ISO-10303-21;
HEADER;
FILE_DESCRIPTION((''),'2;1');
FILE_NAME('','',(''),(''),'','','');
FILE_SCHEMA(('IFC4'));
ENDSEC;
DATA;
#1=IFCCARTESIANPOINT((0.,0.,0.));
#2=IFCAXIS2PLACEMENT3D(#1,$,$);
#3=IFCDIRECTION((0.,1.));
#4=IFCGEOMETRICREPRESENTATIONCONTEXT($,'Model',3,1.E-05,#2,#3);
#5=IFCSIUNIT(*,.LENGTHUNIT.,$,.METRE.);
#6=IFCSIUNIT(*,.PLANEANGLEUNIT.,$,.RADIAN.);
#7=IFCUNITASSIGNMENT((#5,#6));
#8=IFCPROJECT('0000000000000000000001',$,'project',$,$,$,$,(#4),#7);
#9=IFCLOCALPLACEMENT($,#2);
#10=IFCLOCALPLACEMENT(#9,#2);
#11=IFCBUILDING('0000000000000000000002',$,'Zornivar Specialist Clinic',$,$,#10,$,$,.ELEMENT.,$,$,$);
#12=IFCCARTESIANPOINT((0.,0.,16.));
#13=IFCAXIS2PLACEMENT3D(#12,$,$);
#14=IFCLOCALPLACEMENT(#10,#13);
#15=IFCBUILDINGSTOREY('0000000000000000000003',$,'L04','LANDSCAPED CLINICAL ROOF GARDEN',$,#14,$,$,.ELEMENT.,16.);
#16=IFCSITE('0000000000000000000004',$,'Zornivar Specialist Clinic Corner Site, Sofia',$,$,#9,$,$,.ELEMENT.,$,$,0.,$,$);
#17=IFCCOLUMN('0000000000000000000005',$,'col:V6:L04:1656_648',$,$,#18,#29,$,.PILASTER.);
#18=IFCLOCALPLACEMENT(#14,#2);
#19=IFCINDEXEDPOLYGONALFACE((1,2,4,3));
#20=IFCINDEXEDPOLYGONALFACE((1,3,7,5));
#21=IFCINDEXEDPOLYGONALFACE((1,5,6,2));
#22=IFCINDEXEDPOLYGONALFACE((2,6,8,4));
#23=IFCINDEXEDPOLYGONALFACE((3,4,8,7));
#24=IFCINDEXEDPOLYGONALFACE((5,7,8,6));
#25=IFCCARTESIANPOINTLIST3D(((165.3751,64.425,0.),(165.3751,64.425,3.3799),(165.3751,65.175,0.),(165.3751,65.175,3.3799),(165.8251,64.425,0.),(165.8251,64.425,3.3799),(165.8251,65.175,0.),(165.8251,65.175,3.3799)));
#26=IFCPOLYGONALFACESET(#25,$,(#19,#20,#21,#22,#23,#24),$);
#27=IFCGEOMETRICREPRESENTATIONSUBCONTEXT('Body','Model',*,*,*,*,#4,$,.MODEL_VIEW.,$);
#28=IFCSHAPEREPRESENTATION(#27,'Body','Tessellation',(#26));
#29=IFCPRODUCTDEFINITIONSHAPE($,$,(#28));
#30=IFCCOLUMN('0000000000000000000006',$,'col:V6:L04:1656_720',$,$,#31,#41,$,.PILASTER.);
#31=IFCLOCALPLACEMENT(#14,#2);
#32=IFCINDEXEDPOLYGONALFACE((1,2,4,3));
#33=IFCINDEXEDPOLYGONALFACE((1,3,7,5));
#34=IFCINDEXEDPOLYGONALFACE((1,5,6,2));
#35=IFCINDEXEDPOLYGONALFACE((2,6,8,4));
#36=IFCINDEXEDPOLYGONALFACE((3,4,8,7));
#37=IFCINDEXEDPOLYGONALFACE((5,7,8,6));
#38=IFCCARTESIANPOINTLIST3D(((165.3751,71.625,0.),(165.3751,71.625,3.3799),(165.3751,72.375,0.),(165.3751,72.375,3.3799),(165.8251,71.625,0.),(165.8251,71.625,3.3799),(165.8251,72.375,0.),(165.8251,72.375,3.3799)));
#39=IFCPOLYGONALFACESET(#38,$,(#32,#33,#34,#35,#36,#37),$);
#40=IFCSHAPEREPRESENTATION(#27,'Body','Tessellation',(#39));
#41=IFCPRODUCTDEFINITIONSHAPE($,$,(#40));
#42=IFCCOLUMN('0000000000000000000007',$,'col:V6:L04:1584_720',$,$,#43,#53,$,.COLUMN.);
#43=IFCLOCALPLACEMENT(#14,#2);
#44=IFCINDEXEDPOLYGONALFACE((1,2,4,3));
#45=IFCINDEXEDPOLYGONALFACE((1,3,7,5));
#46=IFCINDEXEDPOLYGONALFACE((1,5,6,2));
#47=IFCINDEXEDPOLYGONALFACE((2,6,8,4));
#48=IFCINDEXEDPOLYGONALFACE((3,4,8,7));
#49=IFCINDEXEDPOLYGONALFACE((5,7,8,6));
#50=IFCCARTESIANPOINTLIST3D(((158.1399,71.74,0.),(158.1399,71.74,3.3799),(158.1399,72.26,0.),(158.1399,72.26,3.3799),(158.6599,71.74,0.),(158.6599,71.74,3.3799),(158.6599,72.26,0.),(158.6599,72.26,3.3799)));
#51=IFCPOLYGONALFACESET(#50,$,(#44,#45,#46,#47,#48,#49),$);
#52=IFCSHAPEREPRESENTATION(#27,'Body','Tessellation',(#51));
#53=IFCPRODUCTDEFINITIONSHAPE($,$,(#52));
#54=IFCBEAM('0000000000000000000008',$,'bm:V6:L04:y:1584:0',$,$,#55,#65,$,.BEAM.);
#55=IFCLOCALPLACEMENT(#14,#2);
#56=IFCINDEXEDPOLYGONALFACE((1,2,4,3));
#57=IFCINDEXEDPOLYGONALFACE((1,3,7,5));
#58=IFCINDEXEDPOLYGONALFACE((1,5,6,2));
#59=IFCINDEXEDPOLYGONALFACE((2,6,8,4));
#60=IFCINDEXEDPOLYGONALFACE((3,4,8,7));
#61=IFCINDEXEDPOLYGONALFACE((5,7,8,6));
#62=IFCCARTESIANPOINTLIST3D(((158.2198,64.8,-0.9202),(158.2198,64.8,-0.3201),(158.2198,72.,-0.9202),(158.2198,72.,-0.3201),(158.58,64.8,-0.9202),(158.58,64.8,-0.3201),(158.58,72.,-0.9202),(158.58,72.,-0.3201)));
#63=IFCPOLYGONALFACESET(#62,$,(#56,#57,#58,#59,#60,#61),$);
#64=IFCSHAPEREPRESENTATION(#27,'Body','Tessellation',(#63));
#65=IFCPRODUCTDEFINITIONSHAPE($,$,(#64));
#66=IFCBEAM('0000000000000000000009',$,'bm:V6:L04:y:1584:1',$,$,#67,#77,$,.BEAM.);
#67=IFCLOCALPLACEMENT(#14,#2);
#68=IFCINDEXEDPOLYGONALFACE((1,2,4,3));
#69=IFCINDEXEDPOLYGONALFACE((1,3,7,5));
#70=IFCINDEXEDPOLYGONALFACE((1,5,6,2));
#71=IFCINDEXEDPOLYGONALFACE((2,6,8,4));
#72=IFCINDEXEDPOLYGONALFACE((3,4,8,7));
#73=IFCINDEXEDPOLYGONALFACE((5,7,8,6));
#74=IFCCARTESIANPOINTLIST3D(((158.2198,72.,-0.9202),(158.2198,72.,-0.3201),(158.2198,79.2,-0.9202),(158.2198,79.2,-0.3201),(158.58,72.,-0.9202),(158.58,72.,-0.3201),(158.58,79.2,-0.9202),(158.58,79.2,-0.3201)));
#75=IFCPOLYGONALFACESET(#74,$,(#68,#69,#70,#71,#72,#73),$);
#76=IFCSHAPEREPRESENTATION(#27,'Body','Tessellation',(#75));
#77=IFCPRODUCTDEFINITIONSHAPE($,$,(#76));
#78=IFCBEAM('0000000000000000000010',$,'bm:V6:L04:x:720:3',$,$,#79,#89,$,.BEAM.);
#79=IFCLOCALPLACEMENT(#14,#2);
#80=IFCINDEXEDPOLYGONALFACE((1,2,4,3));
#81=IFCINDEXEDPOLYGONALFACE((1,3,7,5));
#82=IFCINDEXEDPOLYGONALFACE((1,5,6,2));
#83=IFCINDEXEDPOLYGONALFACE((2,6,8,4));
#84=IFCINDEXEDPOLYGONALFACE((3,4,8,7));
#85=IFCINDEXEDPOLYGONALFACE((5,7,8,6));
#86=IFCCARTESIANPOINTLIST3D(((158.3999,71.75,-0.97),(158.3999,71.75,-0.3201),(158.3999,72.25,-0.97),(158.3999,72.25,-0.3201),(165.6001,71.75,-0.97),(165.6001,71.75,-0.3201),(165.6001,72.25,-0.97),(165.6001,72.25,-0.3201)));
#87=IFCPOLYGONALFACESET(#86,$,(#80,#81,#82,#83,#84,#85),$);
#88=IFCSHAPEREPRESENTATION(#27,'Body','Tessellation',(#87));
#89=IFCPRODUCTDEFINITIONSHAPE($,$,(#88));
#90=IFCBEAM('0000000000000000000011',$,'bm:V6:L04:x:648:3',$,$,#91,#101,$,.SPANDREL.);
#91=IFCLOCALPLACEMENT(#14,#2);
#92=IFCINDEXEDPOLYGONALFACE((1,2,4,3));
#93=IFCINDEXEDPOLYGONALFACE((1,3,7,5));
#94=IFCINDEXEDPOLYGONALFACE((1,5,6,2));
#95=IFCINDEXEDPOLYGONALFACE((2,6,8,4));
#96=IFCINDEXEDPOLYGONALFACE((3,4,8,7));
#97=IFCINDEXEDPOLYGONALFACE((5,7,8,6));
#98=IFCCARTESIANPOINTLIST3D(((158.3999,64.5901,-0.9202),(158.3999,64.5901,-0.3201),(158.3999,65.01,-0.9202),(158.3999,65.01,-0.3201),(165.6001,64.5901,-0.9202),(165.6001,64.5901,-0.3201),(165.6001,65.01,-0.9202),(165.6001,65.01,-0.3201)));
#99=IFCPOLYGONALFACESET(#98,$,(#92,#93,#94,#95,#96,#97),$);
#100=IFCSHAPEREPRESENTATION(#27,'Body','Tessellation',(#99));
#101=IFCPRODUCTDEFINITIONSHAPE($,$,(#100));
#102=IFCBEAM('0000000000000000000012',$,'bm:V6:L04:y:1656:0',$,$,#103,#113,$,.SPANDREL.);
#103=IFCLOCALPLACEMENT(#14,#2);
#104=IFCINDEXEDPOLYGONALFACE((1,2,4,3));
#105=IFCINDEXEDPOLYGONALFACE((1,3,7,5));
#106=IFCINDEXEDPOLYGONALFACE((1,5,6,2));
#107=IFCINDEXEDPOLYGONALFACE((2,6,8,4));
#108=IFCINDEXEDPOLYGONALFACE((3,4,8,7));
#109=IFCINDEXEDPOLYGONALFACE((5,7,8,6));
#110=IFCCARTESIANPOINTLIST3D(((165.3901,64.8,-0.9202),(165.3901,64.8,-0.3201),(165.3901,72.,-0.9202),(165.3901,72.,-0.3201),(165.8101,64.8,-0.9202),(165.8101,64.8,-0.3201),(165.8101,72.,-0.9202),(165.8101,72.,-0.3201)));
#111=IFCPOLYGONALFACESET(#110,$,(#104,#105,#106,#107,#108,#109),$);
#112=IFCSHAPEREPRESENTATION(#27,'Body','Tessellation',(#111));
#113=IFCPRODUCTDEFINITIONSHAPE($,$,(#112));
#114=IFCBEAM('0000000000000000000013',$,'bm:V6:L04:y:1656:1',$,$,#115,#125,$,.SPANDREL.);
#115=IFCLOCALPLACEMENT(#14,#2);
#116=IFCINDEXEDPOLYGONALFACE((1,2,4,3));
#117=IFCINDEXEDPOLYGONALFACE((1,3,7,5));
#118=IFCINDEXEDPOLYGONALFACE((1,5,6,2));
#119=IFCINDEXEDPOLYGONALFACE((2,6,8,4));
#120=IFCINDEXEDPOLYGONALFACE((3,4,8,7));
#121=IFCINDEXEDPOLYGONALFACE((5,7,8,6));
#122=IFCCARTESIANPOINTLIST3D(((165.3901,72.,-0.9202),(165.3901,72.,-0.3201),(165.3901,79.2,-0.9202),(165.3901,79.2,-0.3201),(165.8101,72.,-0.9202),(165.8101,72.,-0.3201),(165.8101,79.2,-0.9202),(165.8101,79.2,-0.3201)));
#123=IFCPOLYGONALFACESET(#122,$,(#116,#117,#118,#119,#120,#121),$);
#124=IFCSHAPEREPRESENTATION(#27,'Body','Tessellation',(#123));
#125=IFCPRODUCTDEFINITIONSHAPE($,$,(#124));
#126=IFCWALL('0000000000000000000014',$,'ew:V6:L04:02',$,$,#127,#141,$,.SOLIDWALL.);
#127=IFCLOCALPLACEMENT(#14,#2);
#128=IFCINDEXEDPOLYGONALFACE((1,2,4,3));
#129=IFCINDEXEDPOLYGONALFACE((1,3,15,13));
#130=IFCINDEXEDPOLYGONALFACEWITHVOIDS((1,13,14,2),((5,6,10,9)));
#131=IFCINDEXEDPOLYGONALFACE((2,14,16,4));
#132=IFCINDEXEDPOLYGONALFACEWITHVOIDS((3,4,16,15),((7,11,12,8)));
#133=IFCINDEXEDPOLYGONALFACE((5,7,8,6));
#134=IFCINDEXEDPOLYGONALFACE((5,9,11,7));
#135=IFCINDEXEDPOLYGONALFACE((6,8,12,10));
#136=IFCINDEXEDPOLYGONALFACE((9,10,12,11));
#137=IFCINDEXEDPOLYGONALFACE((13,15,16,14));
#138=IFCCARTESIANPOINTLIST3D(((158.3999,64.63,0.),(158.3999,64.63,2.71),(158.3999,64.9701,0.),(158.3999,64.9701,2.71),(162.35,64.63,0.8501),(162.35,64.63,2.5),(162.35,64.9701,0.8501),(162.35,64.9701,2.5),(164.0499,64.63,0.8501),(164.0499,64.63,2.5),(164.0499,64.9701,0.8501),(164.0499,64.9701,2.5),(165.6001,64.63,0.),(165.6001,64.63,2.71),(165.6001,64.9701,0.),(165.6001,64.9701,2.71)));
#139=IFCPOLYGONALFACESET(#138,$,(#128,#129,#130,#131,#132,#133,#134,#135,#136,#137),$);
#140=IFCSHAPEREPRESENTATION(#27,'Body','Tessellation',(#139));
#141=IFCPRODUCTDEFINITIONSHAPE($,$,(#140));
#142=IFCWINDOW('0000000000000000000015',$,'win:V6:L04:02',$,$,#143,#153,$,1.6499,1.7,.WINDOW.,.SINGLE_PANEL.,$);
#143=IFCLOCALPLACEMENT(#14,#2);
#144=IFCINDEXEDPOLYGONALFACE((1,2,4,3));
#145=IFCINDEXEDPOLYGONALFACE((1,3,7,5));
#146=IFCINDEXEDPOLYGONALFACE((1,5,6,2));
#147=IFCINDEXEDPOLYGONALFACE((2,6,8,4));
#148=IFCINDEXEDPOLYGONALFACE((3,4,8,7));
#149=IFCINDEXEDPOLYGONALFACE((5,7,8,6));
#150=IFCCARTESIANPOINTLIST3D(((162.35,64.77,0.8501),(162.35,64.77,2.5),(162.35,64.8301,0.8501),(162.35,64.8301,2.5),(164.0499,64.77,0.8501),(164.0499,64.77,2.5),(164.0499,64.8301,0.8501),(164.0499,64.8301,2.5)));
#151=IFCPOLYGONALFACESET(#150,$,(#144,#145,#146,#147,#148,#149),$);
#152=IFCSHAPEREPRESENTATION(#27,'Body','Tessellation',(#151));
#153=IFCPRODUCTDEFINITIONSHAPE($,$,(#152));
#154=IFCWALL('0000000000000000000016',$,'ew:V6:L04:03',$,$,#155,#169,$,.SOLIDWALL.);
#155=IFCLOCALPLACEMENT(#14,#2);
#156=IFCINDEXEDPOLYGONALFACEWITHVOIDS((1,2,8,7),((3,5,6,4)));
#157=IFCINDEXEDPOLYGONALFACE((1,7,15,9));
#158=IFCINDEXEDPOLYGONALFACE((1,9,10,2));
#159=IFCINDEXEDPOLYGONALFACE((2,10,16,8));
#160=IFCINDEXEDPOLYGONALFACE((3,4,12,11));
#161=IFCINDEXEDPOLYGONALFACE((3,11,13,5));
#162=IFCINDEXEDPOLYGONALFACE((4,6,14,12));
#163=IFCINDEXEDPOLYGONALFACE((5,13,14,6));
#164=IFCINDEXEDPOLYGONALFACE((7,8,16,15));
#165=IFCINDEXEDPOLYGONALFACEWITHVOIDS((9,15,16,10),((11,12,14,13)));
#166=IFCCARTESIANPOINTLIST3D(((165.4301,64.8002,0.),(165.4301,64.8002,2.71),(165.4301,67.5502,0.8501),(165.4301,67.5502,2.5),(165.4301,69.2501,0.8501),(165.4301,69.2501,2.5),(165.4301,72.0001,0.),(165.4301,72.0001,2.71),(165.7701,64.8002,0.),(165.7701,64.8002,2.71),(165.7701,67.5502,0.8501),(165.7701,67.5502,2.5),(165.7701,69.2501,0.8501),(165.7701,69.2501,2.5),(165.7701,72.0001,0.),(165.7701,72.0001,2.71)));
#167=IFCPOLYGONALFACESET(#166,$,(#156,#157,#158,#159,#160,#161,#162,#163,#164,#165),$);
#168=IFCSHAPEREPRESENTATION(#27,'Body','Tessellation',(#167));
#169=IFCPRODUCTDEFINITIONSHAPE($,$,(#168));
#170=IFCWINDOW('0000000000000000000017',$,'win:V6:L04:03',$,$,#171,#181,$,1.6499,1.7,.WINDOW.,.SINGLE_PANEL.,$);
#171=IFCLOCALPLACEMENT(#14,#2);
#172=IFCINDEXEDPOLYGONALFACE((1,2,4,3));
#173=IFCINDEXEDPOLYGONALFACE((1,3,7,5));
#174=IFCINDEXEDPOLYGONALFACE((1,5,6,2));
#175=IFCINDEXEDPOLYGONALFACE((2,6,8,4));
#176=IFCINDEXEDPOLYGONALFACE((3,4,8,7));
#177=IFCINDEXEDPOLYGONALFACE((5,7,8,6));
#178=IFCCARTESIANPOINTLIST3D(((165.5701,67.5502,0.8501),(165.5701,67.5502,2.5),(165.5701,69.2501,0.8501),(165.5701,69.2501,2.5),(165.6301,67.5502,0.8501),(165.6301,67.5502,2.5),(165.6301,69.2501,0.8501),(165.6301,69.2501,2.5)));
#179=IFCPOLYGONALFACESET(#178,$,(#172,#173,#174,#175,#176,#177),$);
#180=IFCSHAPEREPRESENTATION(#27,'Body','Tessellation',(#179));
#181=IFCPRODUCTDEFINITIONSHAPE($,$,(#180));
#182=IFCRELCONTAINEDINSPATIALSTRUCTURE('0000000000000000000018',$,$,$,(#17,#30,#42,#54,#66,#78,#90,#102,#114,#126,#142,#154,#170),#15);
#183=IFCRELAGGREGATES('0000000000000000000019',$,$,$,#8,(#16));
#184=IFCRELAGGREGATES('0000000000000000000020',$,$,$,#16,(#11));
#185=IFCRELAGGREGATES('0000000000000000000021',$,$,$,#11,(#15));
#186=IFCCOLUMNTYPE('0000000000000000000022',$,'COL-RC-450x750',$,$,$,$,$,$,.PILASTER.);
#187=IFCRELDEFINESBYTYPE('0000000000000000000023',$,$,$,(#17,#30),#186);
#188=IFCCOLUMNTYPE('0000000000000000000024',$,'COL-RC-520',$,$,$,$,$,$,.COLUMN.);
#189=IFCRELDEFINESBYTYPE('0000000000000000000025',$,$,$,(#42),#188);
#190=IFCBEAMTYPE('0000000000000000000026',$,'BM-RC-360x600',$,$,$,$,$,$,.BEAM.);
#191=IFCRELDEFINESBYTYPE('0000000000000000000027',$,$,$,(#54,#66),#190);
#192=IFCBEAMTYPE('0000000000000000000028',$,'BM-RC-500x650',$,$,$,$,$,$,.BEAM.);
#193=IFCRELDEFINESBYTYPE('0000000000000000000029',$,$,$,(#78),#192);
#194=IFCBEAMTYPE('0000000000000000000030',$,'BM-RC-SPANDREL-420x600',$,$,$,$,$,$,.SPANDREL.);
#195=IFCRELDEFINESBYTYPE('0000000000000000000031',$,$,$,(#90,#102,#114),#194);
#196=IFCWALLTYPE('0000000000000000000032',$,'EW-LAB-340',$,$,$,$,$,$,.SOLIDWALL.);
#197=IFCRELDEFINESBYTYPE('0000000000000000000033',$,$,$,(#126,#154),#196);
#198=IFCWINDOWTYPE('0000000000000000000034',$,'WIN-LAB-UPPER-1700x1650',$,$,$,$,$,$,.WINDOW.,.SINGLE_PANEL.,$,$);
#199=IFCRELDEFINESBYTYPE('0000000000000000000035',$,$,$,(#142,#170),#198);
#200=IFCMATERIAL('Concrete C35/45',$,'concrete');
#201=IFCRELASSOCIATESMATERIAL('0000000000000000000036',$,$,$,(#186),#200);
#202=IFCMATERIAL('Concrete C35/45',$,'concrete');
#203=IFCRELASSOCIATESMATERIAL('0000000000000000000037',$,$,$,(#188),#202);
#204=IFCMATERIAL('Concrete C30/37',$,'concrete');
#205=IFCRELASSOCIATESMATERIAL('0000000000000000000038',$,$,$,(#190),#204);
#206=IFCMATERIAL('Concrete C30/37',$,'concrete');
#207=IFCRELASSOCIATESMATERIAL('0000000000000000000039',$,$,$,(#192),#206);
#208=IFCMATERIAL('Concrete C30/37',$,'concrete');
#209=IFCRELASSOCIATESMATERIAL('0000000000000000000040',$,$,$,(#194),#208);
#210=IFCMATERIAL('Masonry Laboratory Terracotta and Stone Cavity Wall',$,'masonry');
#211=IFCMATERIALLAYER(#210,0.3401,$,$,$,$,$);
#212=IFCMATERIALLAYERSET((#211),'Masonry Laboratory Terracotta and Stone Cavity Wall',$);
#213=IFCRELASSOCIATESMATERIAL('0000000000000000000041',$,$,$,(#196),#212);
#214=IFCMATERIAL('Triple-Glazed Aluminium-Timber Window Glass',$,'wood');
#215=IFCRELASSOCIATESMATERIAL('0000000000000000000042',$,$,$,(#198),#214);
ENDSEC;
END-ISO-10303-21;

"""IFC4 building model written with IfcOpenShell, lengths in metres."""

from ifc_helpers import new_model, si_unit, direction, frame, frame_2d, origin, origin_2d, place, context, subcontext, project, spatial, rectangle, extrude, material, layer, layer_set, material_profile, profile_set, type_object, element, fill, save


model = new_model("IFC4")

# Units and contexts
model_context = context("Model", 3, precision=1e-05, world=origin(), true_north=direction((0.0, 1.0)))
body_context = subcontext(model_context, "Body", "Model", "MODEL_VIEW")
ifc_project = project(units=[si_unit("LENGTHUNIT", "METRE"), si_unit("PLANEANGLEUNIT", "RADIAN")], contexts=[model_context])

# Site, building, storey
site_placement = place(None, origin())
site = spatial("IfcSite", under=ifc_project, at=site_placement, Name="Zornivar Specialist Clinic Corner Site, Sofia", CompositionType="ELEMENT", RefElevation=0.0)
building_placement = place(site_placement, origin())
building = spatial("IfcBuilding", under=site, at=building_placement, Name="Zornivar Specialist Clinic", CompositionType="ELEMENT")
storey_placement = place(building_placement, frame((0.0, 0.0, 16.0)))
storey = spatial("IfcBuildingStorey", under=building, at=storey_placement, Name="L04", Description="LANDSCAPED CLINICAL ROOF GARDEN", CompositionType="ELEMENT", Elevation=16.0)

# Columns
ifc_material_1 = material(Name="Concrete C35/45", Category="concrete")
ifc_material_profile_1 = material_profile(ifc_material_1, rectangle(XDim=0.45, YDim=0.75, at=origin_2d()), Name="RC 450x750")
ifc_profile_set_1 = profile_set([ifc_material_profile_1], Name="Concrete C35/45")
column_type_1 = type_object("IfcColumnType", Name="COL-RC-450x750", PredefinedType="PILASTER", material=ifc_profile_set_1)
for number, where, z_axis, x_axis, name in (
    (1, (165.6001, 64.8, 0.0), (0.0, 0.0, 1.0), (1.0, 0.0, 0.0), "col:V6:L04:1656_648"),
    (2, (165.6001, 72.0, 0.0), (0.0, 0.0, 1.0), (1.0, 0.0, 0.0), "col:V6:L04:1656_720"),
):
    element("IfcColumn", number, at=place(storey_placement, frame(where, z_axis=z_axis, x_axis=x_axis)), inside=storey, type_object=column_type_1, Name=name, PredefinedType="PILASTER", context=body_context, shape_type="SweptSolid", body=[
        extrude(rectangle(XDim=0.45, YDim=0.75, at=origin_2d()), origin(), (0.0, 0.0, 1.0), 3.3799),
    ])
ifc_material_2 = material(Name="Concrete C35/45", Category="concrete")
ifc_material_profile_2 = material_profile(ifc_material_2, rectangle(XDim=0.52, YDim=0.52, at=origin_2d()), Name="RC 520x520")
ifc_profile_set_2 = profile_set([ifc_material_profile_2], Name="Concrete C35/45")
column_type_2 = type_object("IfcColumnType", Name="COL-RC-520", PredefinedType="COLUMN", material=ifc_profile_set_2)
column_placement = place(storey_placement, frame((158.3999, 72.0, 0.0), z_axis=(0.0, 0.0, 1.0), x_axis=(1.0, 0.0, 0.0)))
element("IfcColumn", 3, at=column_placement, inside=storey, type_object=column_type_2, Name="col:V6:L04:1584_720", PredefinedType="COLUMN", context=body_context, shape_type="SweptSolid", body=[
    extrude(rectangle(XDim=0.52, YDim=0.52, at=origin_2d()), origin(), (0.0, 0.0, 1.0), 3.3799),
])

# Beams
ifc_material_3 = material(Name="Concrete C30/37", Category="concrete")
ifc_material_profile_3 = material_profile(ifc_material_3, rectangle(XDim=0.3601, YDim=0.6001, at=origin_2d()), Name="RC 360x600")
ifc_profile_set_3 = profile_set([ifc_material_profile_3], Name="Concrete C30/37")
beam_type_1 = type_object("IfcBeamType", Name="BM-RC-360x600", PredefinedType="BEAM", material=ifc_profile_set_3)
for number, where, z_axis, x_axis, name in (
    (4, (158.3999, 64.8, -0.6201), (0.0, 1.0, 0.0), (-1.0, 0.0, 0.0), "bm:V6:L04:y:1584:0"),
    (5, (158.3999, 72.0, -0.6201), (0.0, 1.0, 0.0), (-1.0, 0.0, 0.0), "bm:V6:L04:y:1584:1"),
):
    element("IfcBeam", number, at=place(storey_placement, frame(where, z_axis=z_axis, x_axis=x_axis)), inside=storey, type_object=beam_type_1, Name=name, PredefinedType="BEAM", context=body_context, shape_type="SweptSolid", body=[
        extrude(rectangle(XDim=0.3601, YDim=0.6001, at=origin_2d()), origin(), (0.0, 0.0, 1.0), 7.2),
    ])
ifc_material_4 = material(Name="Concrete C30/37", Category="concrete")
ifc_material_profile_4 = material_profile(ifc_material_4, rectangle(XDim=0.5, YDim=0.6499, at=origin_2d()), Name="RC 500x650")
ifc_profile_set_4 = profile_set([ifc_material_profile_4], Name="Concrete C30/37")
beam_type_2 = type_object("IfcBeamType", Name="BM-RC-500x650", PredefinedType="BEAM", material=ifc_profile_set_4)
beam_1_placement = place(storey_placement, frame((158.3999, 72.0, -0.645), z_axis=(1.0, 0.0, 0.0), x_axis=(0.0, 1.0, 0.0)))
element("IfcBeam", 6, at=beam_1_placement, inside=storey, type_object=beam_type_2, Name="bm:V6:L04:x:720:3", PredefinedType="BEAM", context=body_context, shape_type="SweptSolid", body=[
    extrude(rectangle(XDim=0.5, YDim=0.6499, at=origin_2d()), origin(), (0.0, 0.0, 1.0), 7.2002),
])
ifc_material_5 = material(Name="Concrete C30/37", Category="concrete")
ifc_material_profile_5 = material_profile(ifc_material_5, rectangle(XDim=0.4199, YDim=0.6001, at=origin_2d()), Name="RC 420x600")
ifc_profile_set_5 = profile_set([ifc_material_profile_5], Name="Concrete C30/37")
beam_type_3 = type_object("IfcBeamType", Name="BM-RC-SPANDREL-420x600", PredefinedType="SPANDREL", material=ifc_profile_set_5)
beam_2_placement = place(storey_placement, frame((158.3999, 64.8, -0.6201), z_axis=(1.0, 0.0, 0.0), x_axis=(0.0, 1.0, 0.0)))
element("IfcBeam", 7, at=beam_2_placement, inside=storey, type_object=beam_type_3, Name="bm:V6:L04:x:648:3", PredefinedType="SPANDREL", context=body_context, shape_type="SweptSolid", body=[
    extrude(rectangle(XDim=0.4199, YDim=0.6001, at=origin_2d()), origin(), (0.0, 0.0, 1.0), 7.2002),
])
for number, where, z_axis, x_axis, name in (
    (8, (165.6001, 64.8, -0.6201), (0.0, 1.0, 0.0), (-1.0, 0.0, 0.0), "bm:V6:L04:y:1656:0"),
    (9, (165.6001, 72.0, -0.6201), (0.0, 1.0, 0.0), (-1.0, 0.0, 0.0), "bm:V6:L04:y:1656:1"),
):
    element("IfcBeam", number, at=place(storey_placement, frame(where, z_axis=z_axis, x_axis=x_axis)), inside=storey, type_object=beam_type_3, Name=name, PredefinedType="SPANDREL", context=body_context, shape_type="SweptSolid", body=[
        extrude(rectangle(XDim=0.4199, YDim=0.6001, at=origin_2d()), origin(), (0.0, 0.0, 1.0), 7.2),
    ])

# Walls, openings, windows
ifc_material_6 = material(Name="Masonry Laboratory Terracotta and Stone Cavity Wall", Category="masonry")
ifc_layer_1 = layer(ifc_material_6, 0.3401)
ifc_layer_set_1 = layer_set([ifc_layer_1], Name="Masonry Laboratory Terracotta and Stone Cavity Wall")
wall_type_1 = type_object("IfcWallType", Name="EW-LAB-340", PredefinedType="SOLIDWALL", material=ifc_layer_set_1)
wall_1_placement = place(storey_placement, frame((158.3999, 64.8, 0.0), z_axis=(0.0, 0.0, 1.0), x_axis=(1.0, 0.0, 0.0)))
wall_1 = element("IfcWall", 10, at=wall_1_placement, inside=storey, type_object=wall_type_1, Name="ew:V6:L04:02", PredefinedType="SOLIDWALL", context=body_context, shape_type="SweptSolid", body=[
    extrude(rectangle(XDim=7.2002, YDim=0.3401, at=frame_2d((3.6001, 0.0))), origin(), (0.0, 0.0, 1.0), 2.71),
])
opening_1_placement = place(wall_1_placement, frame((3.95, 0.0, 0.8501)))
opening_1 = element("IfcOpeningElement", 11, at=opening_1_placement, cuts=wall_1, PredefinedType="OPENING", context=body_context, shape_type="SweptSolid", body=[
    extrude(rectangle(XDim=1.7, YDim=1.6499, at=frame_2d((0.8501, 0.825))), frame((0.0, 0.1799, 0.0), z_axis=(0.0, -1.0, 0.0), x_axis=(1.0, 0.0, 0.0)), (0.0, 0.0, 1.0), 0.3601),
])
ifc_material_7 = material(Name="Triple-Glazed Aluminium-Timber Window Glass", Category="wood")
window_type = type_object("IfcWindowType", Name="WIN-LAB-UPPER-1700x1650", PartitioningType="SINGLE_PANEL", PredefinedType="WINDOW", material=ifc_material_7)
window_1_placement = place(opening_1_placement, origin())
window_1 = element("IfcWindow", 12, at=window_1_placement, inside=storey, type_object=window_type, Name="win:V6:L04:02", OverallHeight=1.6499, OverallWidth=1.7, PartitioningType="SINGLE_PANEL", PredefinedType="WINDOW", context=body_context, shape_type="SweptSolid", body=[
    extrude(rectangle(XDim=1.7, YDim=1.6499, at=frame_2d((0.8501, 0.825))), frame((0.0, 0.03, 0.0), z_axis=(0.0, -1.0, 0.0), x_axis=(1.0, 0.0, 0.0)), (0.0, 0.0, 1.0), 0.0601),
])
fill(opening_1, window_1)
wall_2_placement = place(storey_placement, frame((165.6001, 64.8, 0.0), z_axis=(0.0, 0.0, 1.0), x_axis=(0.0, 1.0, 0.0)))
wall_2 = element("IfcWall", 13, at=wall_2_placement, inside=storey, type_object=wall_type_1, Name="ew:V6:L04:03", PredefinedType="SOLIDWALL", context=body_context, shape_type="SweptSolid", body=[
    extrude(rectangle(XDim=7.2, YDim=0.3401, at=frame_2d((3.6001, 0.0))), origin(), (0.0, 0.0, 1.0), 2.71),
])
opening_2_placement = place(wall_2_placement, frame((2.75, 0.0, 0.8501)))
opening_2 = element("IfcOpeningElement", 14, at=opening_2_placement, cuts=wall_2, PredefinedType="OPENING", context=body_context, shape_type="SweptSolid", body=[
    extrude(rectangle(XDim=1.7, YDim=1.6499, at=frame_2d((0.8501, 0.825))), frame((0.0, 0.1799, 0.0), z_axis=(0.0, -1.0, 0.0), x_axis=(1.0, 0.0, 0.0)), (0.0, 0.0, 1.0), 0.3601),
])
window_2_placement = place(opening_2_placement, origin())
window_2 = element("IfcWindow", 15, at=window_2_placement, inside=storey, type_object=window_type, Name="win:V6:L04:03", OverallHeight=1.6499, OverallWidth=1.7, PartitioningType="SINGLE_PANEL", PredefinedType="WINDOW", context=body_context, shape_type="SweptSolid", body=[
    extrude(rectangle(XDim=1.7, YDim=1.6499, at=frame_2d((0.8501, 0.825))), frame((0.0, 0.03, 0.0), z_axis=(0.0, -1.0, 0.0), x_axis=(1.0, 0.0, 0.0)), (0.0, 0.0, 1.0), 0.0601),
])
fill(opening_2, window_2)

save(model, "model.ifc")
